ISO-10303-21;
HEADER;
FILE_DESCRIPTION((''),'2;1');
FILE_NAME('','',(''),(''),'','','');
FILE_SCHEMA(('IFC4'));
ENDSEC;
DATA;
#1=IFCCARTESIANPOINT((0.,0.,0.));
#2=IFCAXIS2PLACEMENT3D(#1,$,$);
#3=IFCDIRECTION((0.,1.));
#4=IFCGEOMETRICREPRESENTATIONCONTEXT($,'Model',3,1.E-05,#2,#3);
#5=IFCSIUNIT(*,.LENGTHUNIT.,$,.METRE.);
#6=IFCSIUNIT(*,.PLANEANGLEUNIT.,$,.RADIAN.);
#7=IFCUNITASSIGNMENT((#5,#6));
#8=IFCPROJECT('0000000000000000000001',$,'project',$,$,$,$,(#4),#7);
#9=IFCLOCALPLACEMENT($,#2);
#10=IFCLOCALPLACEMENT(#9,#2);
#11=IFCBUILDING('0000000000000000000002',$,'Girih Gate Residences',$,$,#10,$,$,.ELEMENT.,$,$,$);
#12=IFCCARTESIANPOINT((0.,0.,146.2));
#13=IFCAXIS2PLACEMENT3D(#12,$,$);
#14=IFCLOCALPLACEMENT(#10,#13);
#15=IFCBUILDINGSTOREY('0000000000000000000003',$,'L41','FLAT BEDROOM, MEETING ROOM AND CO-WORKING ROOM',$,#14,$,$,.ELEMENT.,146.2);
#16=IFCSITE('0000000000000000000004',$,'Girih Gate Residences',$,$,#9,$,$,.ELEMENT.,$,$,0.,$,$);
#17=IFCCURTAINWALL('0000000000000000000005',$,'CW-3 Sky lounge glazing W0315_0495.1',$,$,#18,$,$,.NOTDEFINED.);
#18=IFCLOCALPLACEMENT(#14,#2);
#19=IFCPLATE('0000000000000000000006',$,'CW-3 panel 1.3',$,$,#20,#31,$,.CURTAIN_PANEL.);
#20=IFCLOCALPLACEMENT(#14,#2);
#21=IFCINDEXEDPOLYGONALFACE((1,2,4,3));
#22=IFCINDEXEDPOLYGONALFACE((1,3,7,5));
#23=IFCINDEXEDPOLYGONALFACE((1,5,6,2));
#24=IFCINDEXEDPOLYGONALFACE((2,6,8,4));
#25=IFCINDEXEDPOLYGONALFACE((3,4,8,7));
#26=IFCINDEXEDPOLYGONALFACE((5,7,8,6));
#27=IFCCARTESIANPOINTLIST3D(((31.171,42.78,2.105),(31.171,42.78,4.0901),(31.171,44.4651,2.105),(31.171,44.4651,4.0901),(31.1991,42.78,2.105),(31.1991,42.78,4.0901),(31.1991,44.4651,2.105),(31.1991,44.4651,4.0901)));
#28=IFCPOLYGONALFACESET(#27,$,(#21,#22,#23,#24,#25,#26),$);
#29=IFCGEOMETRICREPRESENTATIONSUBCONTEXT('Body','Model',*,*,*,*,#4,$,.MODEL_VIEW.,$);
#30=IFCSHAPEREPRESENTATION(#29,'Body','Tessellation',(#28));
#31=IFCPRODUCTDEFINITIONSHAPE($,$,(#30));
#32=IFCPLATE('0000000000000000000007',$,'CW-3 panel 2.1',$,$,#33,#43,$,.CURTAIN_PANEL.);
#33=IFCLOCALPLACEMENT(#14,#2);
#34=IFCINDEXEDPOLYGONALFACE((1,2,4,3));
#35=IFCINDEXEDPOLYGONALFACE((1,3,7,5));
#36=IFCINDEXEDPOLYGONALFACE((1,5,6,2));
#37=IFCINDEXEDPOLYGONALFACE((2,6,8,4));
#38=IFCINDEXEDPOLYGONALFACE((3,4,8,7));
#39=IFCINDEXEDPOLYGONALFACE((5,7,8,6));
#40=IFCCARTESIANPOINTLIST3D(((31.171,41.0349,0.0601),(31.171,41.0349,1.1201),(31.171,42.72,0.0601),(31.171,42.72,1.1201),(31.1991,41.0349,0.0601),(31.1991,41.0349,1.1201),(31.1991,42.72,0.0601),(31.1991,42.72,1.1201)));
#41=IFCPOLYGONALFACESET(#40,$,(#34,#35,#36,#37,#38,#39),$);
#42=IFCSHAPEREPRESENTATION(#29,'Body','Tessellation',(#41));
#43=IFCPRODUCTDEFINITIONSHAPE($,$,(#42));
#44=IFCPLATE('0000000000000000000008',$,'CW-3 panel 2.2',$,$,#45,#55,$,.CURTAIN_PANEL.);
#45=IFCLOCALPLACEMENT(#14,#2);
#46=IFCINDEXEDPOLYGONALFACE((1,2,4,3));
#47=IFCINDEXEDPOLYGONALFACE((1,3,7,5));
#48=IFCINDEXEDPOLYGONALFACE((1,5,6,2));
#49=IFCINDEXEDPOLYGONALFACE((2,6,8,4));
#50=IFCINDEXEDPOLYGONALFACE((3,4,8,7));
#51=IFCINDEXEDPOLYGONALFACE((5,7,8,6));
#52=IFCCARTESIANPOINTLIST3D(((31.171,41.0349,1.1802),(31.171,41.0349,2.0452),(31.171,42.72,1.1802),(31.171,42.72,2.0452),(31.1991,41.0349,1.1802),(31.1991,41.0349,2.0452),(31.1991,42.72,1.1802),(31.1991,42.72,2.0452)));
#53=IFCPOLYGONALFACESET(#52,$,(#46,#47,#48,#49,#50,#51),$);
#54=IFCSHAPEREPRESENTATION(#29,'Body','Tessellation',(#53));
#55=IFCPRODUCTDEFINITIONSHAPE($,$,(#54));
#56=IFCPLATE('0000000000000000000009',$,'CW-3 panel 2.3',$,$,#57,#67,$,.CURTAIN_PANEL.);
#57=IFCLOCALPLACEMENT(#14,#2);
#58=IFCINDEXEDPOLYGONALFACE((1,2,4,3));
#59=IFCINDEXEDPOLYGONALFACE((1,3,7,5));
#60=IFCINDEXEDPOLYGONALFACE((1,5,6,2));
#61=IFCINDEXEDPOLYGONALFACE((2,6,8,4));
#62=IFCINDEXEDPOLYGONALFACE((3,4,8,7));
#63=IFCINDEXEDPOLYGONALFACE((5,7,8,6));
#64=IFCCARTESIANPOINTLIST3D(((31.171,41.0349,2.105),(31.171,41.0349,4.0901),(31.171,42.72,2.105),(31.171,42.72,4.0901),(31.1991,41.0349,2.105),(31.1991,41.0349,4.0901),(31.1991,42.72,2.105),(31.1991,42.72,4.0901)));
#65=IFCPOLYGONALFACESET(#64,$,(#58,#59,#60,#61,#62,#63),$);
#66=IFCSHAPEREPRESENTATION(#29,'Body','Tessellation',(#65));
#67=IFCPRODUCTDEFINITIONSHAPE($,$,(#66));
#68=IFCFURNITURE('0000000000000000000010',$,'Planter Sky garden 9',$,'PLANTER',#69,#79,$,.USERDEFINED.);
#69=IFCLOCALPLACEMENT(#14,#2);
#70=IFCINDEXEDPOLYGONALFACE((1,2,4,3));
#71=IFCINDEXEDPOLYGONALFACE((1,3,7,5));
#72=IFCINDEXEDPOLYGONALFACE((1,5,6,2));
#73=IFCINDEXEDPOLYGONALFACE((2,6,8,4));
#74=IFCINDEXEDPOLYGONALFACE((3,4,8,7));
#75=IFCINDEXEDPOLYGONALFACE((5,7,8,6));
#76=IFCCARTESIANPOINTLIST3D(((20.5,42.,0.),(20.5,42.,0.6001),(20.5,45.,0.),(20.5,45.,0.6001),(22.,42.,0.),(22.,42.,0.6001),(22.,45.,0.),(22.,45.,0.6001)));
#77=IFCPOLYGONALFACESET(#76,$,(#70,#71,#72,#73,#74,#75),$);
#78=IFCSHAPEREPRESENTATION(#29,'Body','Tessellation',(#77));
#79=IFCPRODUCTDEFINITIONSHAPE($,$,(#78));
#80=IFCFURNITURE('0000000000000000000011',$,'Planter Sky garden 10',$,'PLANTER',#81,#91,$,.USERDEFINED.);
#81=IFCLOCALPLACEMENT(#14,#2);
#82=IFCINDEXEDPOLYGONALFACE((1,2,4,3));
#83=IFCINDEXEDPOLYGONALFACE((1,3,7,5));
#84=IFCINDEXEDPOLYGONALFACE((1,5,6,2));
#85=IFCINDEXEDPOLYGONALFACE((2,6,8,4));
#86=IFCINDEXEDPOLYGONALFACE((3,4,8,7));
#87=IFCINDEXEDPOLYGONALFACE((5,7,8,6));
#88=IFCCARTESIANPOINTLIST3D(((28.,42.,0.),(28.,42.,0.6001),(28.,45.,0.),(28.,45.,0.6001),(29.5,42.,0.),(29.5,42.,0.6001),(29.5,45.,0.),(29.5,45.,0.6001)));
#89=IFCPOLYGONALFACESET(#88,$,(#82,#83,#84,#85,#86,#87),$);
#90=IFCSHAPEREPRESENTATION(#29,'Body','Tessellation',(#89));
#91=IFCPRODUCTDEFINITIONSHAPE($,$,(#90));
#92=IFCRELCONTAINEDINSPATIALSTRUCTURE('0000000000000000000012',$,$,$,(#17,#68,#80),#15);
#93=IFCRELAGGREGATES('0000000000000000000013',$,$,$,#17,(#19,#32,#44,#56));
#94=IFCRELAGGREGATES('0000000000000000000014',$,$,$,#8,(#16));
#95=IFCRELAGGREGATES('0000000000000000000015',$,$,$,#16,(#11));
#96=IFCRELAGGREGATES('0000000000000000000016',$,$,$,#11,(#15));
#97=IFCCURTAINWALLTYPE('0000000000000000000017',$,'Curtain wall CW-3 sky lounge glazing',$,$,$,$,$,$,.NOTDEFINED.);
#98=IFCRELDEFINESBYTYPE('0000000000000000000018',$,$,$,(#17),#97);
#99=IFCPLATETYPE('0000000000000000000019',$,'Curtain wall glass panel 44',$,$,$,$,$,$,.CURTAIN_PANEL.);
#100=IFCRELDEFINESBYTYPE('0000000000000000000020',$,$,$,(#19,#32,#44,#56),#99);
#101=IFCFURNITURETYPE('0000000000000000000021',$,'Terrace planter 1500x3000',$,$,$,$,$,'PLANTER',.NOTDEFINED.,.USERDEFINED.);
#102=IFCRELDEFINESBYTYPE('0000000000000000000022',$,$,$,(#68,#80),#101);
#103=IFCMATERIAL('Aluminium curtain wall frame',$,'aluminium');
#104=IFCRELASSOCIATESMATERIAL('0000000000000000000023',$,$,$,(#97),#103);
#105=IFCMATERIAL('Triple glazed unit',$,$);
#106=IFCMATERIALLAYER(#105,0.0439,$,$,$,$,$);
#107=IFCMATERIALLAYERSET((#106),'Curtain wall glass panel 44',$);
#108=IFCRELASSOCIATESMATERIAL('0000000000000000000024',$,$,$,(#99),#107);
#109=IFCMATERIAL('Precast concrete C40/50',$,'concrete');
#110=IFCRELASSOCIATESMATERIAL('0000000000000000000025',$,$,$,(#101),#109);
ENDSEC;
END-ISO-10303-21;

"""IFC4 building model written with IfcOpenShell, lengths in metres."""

from ifc_helpers import new_model, si_unit, direction, frame, origin, origin_2d, place, context, subcontext, project, spatial, rectangle, extrude, material, layer, layer_set, type_object, element, aggregate, save


model = new_model("IFC4")

# Units and contexts
model_context = context("Model", 3, precision=1e-05, world=origin(), true_north=direction((0.0, 1.0)))
body_context = subcontext(model_context, "Body", "Model", "MODEL_VIEW")
ifc_project = project(units=[si_unit("LENGTHUNIT", "METRE"), si_unit("PLANEANGLEUNIT", "RADIAN")], contexts=[model_context])

# Site, building, storey
site_placement = place(None, origin())
site = spatial("IfcSite", under=ifc_project, at=site_placement, Name="Girih Gate Residences", CompositionType="ELEMENT", RefElevation=0.0)
building_placement = place(site_placement, origin())
building = spatial("IfcBuilding", under=site, at=building_placement, Name="Girih Gate Residences", CompositionType="ELEMENT")
storey_placement = place(building_placement, frame((0.0, 0.0, 146.2)))
storey = spatial("IfcBuildingStorey", under=building, at=storey_placement, Name="L41", Description="FLAT BEDROOM, MEETING ROOM AND CO-WORKING ROOM", CompositionType="ELEMENT", Elevation=146.2)

# Curtain wall
ifc_material_1 = material(Name="Aluminium curtain wall frame", Category="aluminium")
curtain_wall_type = type_object("IfcCurtainWallType", Name="Curtain wall CW-3 sky lounge glazing", PredefinedType="NOTDEFINED", material=ifc_material_1)
curtain_wall_1_placement = place(storey_placement, origin())
curtain_wall_1 = element("IfcCurtainWall", 1, at=curtain_wall_1_placement, inside=storey, type_object=curtain_wall_type, Name="CW-3 Sky lounge glazing W0315_0495.1", PredefinedType="NOTDEFINED")

# Plates
ifc_material_2 = material(Name="Triple glazed unit")
ifc_layer_1 = layer(ifc_material_2, 0.0439)
ifc_layer_set_1 = layer_set([ifc_layer_1], Name="Curtain wall glass panel 44")
plate_type = type_object("IfcPlateType", Name="Curtain wall glass panel 44", PredefinedType="CURTAIN_PANEL", material=ifc_layer_set_1)
plate_1_placement = place(storey_placement, frame((31.1851, 43.6226, 2.105), z_axis=(0.0, 0.0, 1.0), x_axis=(0.0, -1.0, 0.0)))
plate_1 = element("IfcPlate", 2, at=plate_1_placement, type_object=plate_type, Name="CW-3 panel 1.3", PredefinedType="CURTAIN_PANEL", context=body_context, shape_type="SweptSolid", body=[
    extrude(rectangle(XDim=1.6851, YDim=0.0281, at=origin_2d()), origin(), (0.0, 0.0, 1.0), 1.9851),
])
plate_2_placement = place(storey_placement, frame((31.1851, 41.8774, 0.0601), z_axis=(0.0, 0.0, 1.0), x_axis=(0.0, -1.0, 0.0)))
plate_2 = element("IfcPlate", 3, at=plate_2_placement, type_object=plate_type, Name="CW-3 panel 2.1", PredefinedType="CURTAIN_PANEL", context=body_context, shape_type="SweptSolid", body=[
    extrude(rectangle(XDim=1.6851, YDim=0.0281, at=origin_2d()), origin(), (0.0, 0.0, 1.0), 1.0601),
])
plate_3_placement = place(storey_placement, frame((31.1851, 41.8774, 1.1802), z_axis=(0.0, 0.0, 1.0), x_axis=(0.0, -1.0, 0.0)))
plate_3 = element("IfcPlate", 4, at=plate_3_placement, type_object=plate_type, Name="CW-3 panel 2.2", PredefinedType="CURTAIN_PANEL", context=body_context, shape_type="SweptSolid", body=[
    extrude(rectangle(XDim=1.6851, YDim=0.0281, at=origin_2d()), origin(), (0.0, 0.0, 1.0), 0.865),
])
plate_4_placement = place(storey_placement, frame((31.1851, 41.8774, 2.105), z_axis=(0.0, 0.0, 1.0), x_axis=(0.0, -1.0, 0.0)))
plate_4 = element("IfcPlate", 5, at=plate_4_placement, type_object=plate_type, Name="CW-3 panel 2.3", PredefinedType="CURTAIN_PANEL", context=body_context, shape_type="SweptSolid", body=[
    extrude(rectangle(XDim=1.6851, YDim=0.0281, at=origin_2d()), origin(), (0.0, 0.0, 1.0), 1.9851),
])
aggregate(curtain_wall_1, [plate_1, plate_2, plate_3, plate_4])

# Shared definitions
ifc_material_3 = material(Name="Precast concrete C40/50", Category="concrete")

# Furniture
furniture_type = type_object("IfcFurnitureType", Name="Terrace planter 1500x3000", ElementType="PLANTER", AssemblyPlace="NOTDEFINED", PredefinedType="USERDEFINED", material=ifc_material_3)
for number, where, z_axis, x_axis, name in (
    (6, (21.25, 43.5, 0.0), (0.0, 0.0, 1.0), (1.0, 0.0, 0.0), "Planter Sky garden 9"),
    (7, (28.75, 43.5, 0.0), (0.0, 0.0, 1.0), (1.0, 0.0, 0.0), "Planter Sky garden 10"),
):
    element("IfcFurniture", number, at=place(storey_placement, frame(where, z_axis=z_axis, x_axis=x_axis)), inside=storey, type_object=furniture_type, Name=name, ObjectType="PLANTER", PredefinedType="USERDEFINED", context=body_context, shape_type="SweptSolid", body=[
        extrude(rectangle(XDim=1.5, YDim=3.0, at=origin_2d()), origin(), (0.0, 0.0, 1.0), 0.6001),
    ])

save(model, "model.ifc")
